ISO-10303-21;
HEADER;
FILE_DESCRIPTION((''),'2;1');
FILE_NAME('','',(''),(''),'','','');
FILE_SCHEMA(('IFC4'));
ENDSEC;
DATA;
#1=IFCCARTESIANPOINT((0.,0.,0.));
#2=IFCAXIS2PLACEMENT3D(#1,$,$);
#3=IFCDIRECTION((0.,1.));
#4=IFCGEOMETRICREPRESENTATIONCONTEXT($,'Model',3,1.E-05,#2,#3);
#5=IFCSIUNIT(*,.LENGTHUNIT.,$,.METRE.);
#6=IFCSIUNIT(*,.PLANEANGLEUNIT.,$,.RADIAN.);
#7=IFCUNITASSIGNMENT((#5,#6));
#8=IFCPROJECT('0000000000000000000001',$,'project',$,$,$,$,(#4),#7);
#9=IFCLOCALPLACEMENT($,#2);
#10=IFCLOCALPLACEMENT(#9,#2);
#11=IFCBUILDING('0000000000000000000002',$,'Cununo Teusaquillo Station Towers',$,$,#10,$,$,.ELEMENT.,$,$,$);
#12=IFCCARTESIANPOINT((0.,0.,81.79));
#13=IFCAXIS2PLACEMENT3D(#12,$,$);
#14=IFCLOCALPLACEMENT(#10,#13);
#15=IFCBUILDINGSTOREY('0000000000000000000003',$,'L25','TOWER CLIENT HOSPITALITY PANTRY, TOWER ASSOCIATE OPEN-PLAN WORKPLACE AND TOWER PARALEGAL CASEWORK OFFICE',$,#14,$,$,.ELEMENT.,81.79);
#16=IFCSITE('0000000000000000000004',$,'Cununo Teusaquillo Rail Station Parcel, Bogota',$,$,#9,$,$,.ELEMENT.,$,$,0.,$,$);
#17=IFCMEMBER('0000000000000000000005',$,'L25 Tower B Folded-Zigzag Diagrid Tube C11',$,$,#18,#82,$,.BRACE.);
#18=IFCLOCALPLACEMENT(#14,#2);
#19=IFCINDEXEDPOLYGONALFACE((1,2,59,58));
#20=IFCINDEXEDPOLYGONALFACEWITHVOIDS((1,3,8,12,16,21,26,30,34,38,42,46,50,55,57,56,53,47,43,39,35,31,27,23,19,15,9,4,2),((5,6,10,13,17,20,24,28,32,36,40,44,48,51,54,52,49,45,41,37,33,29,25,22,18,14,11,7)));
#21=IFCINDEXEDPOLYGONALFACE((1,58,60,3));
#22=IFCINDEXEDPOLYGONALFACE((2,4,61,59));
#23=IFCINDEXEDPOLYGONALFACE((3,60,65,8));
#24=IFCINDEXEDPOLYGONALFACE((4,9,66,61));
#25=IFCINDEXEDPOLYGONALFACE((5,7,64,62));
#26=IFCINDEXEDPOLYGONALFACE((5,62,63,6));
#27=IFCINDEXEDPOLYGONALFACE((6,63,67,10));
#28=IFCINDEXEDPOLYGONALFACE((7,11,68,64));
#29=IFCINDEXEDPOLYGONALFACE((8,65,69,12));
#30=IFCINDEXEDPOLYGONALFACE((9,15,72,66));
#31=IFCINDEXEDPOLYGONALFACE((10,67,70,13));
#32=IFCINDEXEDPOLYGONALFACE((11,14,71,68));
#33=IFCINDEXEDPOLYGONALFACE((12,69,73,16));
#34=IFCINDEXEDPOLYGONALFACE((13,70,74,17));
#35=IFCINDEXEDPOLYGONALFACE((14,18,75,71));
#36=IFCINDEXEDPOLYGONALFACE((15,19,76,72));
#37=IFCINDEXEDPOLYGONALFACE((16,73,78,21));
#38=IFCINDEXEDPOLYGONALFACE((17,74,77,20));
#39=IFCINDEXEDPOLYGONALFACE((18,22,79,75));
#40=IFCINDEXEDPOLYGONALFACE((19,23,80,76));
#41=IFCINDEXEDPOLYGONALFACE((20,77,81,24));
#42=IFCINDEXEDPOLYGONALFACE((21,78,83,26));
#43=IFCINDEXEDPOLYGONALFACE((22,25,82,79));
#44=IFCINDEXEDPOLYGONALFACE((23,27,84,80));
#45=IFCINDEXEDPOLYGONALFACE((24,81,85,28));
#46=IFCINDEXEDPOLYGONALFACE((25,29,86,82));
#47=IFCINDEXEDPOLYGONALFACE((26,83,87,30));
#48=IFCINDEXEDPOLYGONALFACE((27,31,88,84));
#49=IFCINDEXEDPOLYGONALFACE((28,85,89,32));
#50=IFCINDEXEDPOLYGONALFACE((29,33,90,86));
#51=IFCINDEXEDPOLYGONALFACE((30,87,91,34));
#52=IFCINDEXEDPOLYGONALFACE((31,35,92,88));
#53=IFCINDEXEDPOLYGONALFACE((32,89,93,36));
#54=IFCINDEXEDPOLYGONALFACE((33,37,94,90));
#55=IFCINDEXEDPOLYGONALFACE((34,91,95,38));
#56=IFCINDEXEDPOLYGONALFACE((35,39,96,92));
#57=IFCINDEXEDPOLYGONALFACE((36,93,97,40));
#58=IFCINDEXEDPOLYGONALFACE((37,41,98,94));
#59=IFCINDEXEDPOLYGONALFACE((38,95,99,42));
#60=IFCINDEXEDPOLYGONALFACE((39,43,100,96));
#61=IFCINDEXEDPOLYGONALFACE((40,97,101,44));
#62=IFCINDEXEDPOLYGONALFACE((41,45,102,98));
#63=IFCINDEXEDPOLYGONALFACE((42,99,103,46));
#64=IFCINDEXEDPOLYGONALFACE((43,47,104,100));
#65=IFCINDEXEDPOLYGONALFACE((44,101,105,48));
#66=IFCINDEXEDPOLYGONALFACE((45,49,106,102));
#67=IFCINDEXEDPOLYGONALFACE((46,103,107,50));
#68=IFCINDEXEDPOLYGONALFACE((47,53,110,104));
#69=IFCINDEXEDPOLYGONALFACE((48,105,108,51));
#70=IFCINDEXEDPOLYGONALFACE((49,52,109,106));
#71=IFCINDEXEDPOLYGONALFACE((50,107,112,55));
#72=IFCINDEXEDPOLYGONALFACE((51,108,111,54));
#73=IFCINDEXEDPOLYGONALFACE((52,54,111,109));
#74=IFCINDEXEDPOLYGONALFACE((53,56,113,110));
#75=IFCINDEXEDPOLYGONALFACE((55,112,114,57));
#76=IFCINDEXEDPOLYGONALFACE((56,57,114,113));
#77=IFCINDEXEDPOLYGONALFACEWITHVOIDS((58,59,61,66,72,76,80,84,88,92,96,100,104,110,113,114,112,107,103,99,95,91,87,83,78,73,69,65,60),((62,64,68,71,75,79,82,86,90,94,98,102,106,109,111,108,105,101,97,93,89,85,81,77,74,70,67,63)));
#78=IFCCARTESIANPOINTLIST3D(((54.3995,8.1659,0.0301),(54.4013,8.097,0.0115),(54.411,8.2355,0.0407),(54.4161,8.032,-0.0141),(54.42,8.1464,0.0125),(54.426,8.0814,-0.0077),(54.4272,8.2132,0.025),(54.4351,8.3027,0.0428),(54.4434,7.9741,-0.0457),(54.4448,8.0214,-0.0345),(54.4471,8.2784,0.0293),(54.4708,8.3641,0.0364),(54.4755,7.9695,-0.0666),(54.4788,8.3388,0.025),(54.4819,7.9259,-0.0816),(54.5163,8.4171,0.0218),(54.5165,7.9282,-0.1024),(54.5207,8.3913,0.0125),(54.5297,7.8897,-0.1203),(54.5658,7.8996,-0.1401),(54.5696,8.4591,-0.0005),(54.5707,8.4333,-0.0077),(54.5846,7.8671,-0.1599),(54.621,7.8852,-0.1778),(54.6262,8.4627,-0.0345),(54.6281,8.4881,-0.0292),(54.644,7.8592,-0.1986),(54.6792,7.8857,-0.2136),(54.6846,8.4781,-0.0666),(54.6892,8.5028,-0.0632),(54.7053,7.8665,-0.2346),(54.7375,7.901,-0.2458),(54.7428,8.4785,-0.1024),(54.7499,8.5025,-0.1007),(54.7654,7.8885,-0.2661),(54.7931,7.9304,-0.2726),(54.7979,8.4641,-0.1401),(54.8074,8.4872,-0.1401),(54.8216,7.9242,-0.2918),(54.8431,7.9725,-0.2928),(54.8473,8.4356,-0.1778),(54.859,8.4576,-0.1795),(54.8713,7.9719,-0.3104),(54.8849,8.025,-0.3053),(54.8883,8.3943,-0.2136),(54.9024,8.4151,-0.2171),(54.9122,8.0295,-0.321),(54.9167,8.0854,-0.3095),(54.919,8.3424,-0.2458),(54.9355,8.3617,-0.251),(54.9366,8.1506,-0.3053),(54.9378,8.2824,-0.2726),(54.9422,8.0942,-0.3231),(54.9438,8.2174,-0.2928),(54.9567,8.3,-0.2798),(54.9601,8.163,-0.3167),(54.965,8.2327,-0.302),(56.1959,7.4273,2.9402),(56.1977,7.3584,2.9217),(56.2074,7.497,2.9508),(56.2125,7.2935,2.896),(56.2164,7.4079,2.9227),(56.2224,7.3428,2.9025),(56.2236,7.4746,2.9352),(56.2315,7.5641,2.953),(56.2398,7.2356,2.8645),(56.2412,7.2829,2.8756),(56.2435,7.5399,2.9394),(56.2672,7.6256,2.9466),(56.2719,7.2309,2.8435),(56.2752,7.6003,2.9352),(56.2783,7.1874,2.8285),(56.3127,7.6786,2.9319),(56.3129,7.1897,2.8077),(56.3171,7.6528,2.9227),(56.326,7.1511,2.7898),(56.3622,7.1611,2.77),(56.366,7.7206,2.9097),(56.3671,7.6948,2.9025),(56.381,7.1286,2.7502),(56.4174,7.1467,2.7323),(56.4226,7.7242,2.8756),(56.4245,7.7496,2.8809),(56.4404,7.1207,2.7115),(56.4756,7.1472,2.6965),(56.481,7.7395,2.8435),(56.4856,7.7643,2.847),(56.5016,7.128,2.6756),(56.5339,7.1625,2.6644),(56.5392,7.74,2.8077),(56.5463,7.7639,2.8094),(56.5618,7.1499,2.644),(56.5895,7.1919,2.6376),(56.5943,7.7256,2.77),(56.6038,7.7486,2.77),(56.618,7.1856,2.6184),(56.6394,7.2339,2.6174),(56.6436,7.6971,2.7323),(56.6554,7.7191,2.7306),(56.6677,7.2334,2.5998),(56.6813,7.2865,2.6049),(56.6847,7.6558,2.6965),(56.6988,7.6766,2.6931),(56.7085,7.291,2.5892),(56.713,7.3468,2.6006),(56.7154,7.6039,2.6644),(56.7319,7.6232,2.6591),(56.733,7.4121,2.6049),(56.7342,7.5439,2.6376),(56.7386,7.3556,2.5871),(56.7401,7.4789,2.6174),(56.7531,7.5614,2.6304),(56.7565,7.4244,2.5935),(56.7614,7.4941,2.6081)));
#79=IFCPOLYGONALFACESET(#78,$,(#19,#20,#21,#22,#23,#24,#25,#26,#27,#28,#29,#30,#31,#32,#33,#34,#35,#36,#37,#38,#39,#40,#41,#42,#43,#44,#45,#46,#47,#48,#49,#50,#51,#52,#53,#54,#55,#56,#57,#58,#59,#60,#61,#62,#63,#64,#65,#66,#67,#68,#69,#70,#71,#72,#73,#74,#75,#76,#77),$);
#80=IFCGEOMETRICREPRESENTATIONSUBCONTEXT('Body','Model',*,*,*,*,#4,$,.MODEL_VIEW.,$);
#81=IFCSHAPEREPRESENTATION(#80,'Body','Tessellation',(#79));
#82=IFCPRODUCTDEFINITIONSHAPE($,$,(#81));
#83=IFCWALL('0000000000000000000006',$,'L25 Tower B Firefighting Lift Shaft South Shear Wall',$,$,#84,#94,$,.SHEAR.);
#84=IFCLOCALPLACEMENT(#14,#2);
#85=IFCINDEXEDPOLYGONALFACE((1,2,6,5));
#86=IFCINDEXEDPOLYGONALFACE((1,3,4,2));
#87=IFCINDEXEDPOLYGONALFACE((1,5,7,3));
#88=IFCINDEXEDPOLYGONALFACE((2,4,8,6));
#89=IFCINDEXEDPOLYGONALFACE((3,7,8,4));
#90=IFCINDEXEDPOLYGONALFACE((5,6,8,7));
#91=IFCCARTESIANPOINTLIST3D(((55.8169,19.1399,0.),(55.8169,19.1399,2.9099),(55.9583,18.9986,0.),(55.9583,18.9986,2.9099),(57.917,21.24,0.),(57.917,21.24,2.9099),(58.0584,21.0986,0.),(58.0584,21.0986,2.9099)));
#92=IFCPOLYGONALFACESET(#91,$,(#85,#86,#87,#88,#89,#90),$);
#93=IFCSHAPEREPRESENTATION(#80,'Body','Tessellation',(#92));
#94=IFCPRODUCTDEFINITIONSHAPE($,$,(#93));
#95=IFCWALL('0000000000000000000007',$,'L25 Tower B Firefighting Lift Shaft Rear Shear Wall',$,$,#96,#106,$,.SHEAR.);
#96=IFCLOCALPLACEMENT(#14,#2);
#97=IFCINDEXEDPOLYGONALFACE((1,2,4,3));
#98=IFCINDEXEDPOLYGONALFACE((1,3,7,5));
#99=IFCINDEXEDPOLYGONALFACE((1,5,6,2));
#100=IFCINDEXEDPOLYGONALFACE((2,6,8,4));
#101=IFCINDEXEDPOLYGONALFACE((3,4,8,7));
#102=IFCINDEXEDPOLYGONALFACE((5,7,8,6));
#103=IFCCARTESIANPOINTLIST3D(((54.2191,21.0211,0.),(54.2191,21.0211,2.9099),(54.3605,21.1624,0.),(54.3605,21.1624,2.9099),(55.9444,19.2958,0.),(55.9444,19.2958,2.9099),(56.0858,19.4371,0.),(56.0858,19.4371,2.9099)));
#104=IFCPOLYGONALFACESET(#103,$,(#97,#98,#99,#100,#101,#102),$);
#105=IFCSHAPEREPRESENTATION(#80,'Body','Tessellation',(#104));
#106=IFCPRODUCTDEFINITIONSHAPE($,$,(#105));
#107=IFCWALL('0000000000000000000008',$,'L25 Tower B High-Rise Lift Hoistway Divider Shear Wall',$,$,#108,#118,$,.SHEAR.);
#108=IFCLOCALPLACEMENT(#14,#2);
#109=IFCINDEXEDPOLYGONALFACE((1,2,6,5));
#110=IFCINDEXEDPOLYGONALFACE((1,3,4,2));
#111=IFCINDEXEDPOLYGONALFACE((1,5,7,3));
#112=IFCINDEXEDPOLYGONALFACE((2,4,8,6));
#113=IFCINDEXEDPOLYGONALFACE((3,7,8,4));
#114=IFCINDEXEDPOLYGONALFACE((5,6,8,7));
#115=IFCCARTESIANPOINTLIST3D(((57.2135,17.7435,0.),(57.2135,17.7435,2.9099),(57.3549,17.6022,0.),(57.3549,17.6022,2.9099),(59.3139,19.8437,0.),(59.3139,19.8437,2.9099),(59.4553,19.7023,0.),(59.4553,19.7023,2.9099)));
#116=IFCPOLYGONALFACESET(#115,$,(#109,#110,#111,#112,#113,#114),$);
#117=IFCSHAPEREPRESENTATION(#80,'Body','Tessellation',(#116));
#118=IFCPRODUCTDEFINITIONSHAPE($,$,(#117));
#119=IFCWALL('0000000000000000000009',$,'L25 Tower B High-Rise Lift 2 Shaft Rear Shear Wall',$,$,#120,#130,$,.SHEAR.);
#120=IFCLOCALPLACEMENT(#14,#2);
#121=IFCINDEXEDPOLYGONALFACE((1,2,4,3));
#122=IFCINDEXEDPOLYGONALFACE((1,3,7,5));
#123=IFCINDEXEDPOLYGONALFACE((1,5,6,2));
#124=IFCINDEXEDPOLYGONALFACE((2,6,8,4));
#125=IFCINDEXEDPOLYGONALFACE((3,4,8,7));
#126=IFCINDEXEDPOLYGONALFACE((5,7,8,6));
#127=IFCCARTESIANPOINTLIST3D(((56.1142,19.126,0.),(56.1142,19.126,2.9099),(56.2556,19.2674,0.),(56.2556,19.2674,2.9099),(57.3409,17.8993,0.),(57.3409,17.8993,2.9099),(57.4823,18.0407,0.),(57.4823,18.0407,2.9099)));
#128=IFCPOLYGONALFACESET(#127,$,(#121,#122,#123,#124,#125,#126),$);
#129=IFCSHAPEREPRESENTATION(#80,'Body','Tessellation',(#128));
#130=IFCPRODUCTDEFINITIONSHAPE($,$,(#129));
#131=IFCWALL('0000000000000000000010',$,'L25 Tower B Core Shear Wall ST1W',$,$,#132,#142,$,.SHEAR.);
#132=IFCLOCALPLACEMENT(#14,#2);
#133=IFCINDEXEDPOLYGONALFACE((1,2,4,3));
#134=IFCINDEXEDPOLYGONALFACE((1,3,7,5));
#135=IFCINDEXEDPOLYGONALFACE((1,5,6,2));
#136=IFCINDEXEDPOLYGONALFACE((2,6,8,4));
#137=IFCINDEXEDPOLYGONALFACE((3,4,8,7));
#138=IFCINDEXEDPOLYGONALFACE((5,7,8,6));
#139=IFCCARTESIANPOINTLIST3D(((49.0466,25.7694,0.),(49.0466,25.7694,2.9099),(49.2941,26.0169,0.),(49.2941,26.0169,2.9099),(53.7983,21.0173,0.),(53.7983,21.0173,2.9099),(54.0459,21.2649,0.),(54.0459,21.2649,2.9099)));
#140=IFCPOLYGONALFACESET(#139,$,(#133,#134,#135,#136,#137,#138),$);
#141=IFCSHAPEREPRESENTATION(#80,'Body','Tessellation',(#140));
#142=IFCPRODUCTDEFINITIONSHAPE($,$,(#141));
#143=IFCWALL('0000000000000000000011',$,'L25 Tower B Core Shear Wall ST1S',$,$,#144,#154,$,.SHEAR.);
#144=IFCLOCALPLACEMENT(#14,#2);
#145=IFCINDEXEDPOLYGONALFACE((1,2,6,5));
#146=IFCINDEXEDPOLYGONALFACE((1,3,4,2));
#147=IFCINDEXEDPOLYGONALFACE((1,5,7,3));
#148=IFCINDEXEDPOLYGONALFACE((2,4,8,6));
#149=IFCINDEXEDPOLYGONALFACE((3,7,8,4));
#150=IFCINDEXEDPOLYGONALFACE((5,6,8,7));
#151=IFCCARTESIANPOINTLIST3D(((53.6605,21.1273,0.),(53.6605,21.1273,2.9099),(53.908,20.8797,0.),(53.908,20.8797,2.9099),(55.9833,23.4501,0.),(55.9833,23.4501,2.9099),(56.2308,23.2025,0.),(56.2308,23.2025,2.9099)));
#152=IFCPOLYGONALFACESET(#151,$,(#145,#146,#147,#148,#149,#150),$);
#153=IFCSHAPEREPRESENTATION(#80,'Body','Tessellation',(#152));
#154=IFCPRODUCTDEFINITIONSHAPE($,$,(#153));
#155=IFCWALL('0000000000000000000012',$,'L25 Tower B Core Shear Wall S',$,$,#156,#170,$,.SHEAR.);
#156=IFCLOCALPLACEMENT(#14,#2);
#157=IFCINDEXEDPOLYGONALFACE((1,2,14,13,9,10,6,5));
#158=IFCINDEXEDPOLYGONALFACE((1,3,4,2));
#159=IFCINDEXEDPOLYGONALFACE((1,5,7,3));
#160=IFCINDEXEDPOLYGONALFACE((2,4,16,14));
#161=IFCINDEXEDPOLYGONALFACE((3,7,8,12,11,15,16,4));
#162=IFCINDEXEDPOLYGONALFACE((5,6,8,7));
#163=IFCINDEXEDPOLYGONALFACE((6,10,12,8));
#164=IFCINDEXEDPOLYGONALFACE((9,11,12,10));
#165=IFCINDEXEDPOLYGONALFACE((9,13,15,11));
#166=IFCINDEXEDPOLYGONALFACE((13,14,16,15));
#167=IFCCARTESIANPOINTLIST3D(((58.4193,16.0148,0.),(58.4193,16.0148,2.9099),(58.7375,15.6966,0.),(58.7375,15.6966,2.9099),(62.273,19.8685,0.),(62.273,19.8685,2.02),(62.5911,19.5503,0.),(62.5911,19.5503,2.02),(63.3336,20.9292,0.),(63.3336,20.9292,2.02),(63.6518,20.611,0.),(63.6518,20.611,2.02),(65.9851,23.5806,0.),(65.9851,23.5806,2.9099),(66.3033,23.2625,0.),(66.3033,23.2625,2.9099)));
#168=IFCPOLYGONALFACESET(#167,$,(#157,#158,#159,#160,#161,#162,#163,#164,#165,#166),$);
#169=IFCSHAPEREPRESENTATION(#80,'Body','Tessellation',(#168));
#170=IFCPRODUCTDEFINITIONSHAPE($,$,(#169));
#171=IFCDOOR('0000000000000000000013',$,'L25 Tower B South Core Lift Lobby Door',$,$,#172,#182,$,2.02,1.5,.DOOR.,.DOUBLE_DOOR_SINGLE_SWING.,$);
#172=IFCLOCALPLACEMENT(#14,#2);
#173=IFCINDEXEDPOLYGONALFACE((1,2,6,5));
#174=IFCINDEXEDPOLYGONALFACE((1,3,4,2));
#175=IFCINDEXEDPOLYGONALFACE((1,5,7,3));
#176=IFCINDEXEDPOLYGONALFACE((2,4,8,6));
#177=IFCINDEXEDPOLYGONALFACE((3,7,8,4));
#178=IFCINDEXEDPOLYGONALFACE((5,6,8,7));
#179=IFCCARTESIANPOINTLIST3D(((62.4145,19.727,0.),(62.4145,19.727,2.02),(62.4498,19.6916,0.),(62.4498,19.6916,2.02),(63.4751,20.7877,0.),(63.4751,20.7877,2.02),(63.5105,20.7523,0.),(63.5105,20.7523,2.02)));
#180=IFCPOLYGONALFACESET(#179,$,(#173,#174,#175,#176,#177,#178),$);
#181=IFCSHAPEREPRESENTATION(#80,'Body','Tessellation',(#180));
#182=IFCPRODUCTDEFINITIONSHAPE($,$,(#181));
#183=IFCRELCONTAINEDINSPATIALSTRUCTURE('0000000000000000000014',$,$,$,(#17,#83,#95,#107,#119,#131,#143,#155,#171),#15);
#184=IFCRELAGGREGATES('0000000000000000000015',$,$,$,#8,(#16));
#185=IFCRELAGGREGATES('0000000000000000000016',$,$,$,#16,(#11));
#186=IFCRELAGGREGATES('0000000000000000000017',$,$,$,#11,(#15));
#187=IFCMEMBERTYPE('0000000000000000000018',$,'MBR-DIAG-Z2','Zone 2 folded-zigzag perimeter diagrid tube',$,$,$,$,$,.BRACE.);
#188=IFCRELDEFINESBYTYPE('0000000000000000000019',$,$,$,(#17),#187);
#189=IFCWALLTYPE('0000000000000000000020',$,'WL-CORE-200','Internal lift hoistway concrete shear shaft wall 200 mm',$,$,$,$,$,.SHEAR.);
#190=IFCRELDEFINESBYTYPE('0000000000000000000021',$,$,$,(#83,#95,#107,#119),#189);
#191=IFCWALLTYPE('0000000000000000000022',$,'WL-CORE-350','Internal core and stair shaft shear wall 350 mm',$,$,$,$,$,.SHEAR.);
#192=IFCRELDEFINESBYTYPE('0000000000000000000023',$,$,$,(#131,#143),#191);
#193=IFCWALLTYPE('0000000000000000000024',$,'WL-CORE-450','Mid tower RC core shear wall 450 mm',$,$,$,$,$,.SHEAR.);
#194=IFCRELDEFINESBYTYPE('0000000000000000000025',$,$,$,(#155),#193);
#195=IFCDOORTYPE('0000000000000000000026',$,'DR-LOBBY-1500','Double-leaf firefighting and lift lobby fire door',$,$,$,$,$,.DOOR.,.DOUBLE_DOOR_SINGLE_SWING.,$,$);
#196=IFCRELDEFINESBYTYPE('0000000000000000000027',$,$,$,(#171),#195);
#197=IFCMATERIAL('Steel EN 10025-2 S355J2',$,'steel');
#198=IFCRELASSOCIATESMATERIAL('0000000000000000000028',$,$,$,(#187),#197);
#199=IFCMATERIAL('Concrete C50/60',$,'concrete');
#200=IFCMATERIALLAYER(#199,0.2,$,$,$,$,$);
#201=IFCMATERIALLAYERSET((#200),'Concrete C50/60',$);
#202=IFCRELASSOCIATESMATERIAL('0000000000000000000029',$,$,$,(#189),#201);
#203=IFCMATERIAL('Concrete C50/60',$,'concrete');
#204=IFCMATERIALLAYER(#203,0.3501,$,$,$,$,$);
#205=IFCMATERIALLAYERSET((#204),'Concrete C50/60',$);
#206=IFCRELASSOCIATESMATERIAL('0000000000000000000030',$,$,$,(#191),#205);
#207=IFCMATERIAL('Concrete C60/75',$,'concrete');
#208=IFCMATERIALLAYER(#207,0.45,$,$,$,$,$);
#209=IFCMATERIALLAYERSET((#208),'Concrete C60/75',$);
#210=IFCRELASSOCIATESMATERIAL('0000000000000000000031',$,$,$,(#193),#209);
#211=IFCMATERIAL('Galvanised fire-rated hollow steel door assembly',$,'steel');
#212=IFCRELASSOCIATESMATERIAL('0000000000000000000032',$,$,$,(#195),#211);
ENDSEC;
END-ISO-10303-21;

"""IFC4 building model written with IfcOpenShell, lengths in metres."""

from ifc_helpers import new_model, si_unit, direction, frame, frame_2d, origin, origin_2d, place, context, subcontext, project, spatial, rectangle, hollow_circle, extrude, source, transform, mapped, material, layer, layer_set, material_profile, profile_set, type_object, element, fill, save


model = new_model("IFC4")

# Units and contexts
model_context = context("Model", 3, precision=1e-05, world=origin(), true_north=direction((0.0, 1.0)))
body_context = subcontext(model_context, "Body", "Model", "MODEL_VIEW")
ifc_project = project(units=[si_unit("LENGTHUNIT", "METRE"), si_unit("PLANEANGLEUNIT", "RADIAN")], contexts=[model_context])

# Site, building, storey
site_placement = place(None, origin())
site = spatial("IfcSite", under=ifc_project, at=site_placement, Name="Cununo Teusaquillo Rail Station Parcel, Bogota", CompositionType="ELEMENT", RefElevation=0.0)
building_placement = place(site_placement, origin())
building = spatial("IfcBuilding", under=site, at=building_placement, Name="Cununo Teusaquillo Station Towers", CompositionType="ELEMENT")
storey_placement = place(building_placement, frame((0.0, 0.0, 81.79)))
storey = spatial("IfcBuildingStorey", under=building, at=storey_placement, Name="L25", Description="TOWER CLIENT HOSPITALITY PANTRY, TOWER ASSOCIATE OPEN-PLAN WORKPLACE AND TOWER PARALEGAL CASEWORK OFFICE", CompositionType="ELEMENT", Elevation=81.79)

# Member
ifc_material_1 = material(Name="Steel EN 10025-2 S355J2", Category="steel")
ifc_material_profile_1 = material_profile(ifc_material_1, hollow_circle(Radius=0.3301, WallThickness=0.0249, at=origin_2d()), Name="CHS 660x25")
ifc_profile_set_1 = profile_set([ifc_material_profile_1], Name="Steel EN 10025-2 S355J2")
member_type = type_object("IfcMemberType", Name="MBR-DIAG-Z2", Description="Zone 2 folded-zigzag perimeter diagrid tube", PredefinedType="BRACE", material=ifc_profile_set_1)
member_placement = place(storey_placement, frame((54.6819, 8.1819, -0.1401), z_axis=(0.513433, -0.211081, 0.831764), x_axis=(0.380238, 0.924889, 0.0)))
element("IfcMember", 1, at=member_placement, inside=storey, type_object=member_type, Name="L25 Tower B Folded-Zigzag Diagrid Tube C11", PredefinedType="BRACE", context=body_context, shape_type="SweptSolid", body=[
    extrude(hollow_circle(Radius=0.3301, WallThickness=0.0249, at=origin_2d()), origin(), (0.0, 0.0, 1.0), 3.4988),
])

# Walls
ifc_material_2 = material(Name="Concrete C50/60", Category="concrete")
ifc_layer_1 = layer(ifc_material_2, 0.2)
ifc_layer_set_1 = layer_set([ifc_layer_1], Name="Concrete C50/60")
wall_type_1 = type_object("IfcWallType", Name="WL-CORE-200", Description="Internal lift hoistway concrete shear shaft wall 200 mm", PredefinedType="SHEAR", material=ifc_layer_set_1)
wall_1_placement = place(storey_placement, frame((55.8877, 19.0693, 0.0), z_axis=(0.0, 0.0, 1.0), x_axis=(0.707107, 0.707107, 0.0)))
element("IfcWall", 2, at=wall_1_placement, inside=storey, type_object=wall_type_1, Name="L25 Tower B Firefighting Lift Shaft South Shear Wall", PredefinedType="SHEAR", context=body_context, shape_type="SweptSolid", body=[
    extrude(rectangle(XDim=2.97, YDim=0.2, at=frame_2d((1.4849, 0.0))), origin(), (0.0, 0.0, 1.0), 2.9099),
])
wall_2_placement = place(storey_placement, frame((56.0151, 19.3665, 0.0), z_axis=(0.0, 0.0, 1.0), x_axis=(-0.707107, 0.707107, 0.0)))
element("IfcWall", 3, at=wall_2_placement, inside=storey, type_object=wall_type_1, Name="L25 Tower B Firefighting Lift Shaft Rear Shear Wall", PredefinedType="SHEAR", context=body_context, shape_type="SweptSolid", body=[
    extrude(rectangle(XDim=2.4399, YDim=0.2, at=frame_2d((1.22, 0.0))), origin(), (0.0, 0.0, 1.0), 2.9099),
])
wall_3_placement = place(storey_placement, frame((57.2842, 17.6729, 0.0), z_axis=(0.0, 0.0, 1.0), x_axis=(0.707148, 0.707066, 0.0)))
element("IfcWall", 4, at=wall_3_placement, inside=storey, type_object=wall_type_1, Name="L25 Tower B High-Rise Lift Hoistway Divider Shear Wall", PredefinedType="SHEAR", context=body_context, shape_type="SweptSolid", body=[
    extrude(rectangle(XDim=2.9702, YDim=0.2, at=frame_2d((1.4851, 0.0))), origin(), (0.0, 0.0, 1.0), 2.9099),
])
wall_4_placement = place(storey_placement, frame((57.4116, 17.97, 0.0), z_axis=(0.0, 0.0, 1.0), x_axis=(-0.707107, 0.707107, 0.0)))
element("IfcWall", 5, at=wall_4_placement, inside=storey, type_object=wall_type_1, Name="L25 Tower B High-Rise Lift 2 Shaft Rear Shear Wall", PredefinedType="SHEAR", context=body_context, shape_type="SweptSolid", body=[
    extrude(rectangle(XDim=1.7349, YDim=0.2, at=frame_2d((0.8674, 0.0))), origin(), (0.0, 0.0, 1.0), 2.9099),
])
ifc_material_3 = material(Name="Concrete C50/60", Category="concrete")
ifc_layer_2 = layer(ifc_material_3, 0.3501)
ifc_layer_set_2 = layer_set([ifc_layer_2], Name="Concrete C50/60")
wall_type_2 = type_object("IfcWallType", Name="WL-CORE-350", Description="Internal core and stair shaft shear wall 350 mm", PredefinedType="SHEAR", material=ifc_layer_set_2)
wall_5_placement = place(storey_placement, frame((53.9221, 21.1411, 0.0), z_axis=(0.0, 0.0, 1.0), x_axis=(-0.707089, 0.707125, 0.0)))
element("IfcWall", 6, at=wall_5_placement, inside=storey, type_object=wall_type_2, Name="L25 Tower B Core Shear Wall ST1W", PredefinedType="SHEAR", context=body_context, shape_type="SweptSolid", body=[
    extrude(rectangle(XDim=6.7202, YDim=0.3501, at=frame_2d((3.3601, 0.0))), origin(), (0.0, 0.0, 1.0), 2.9099),
])
wall_6_placement = place(storey_placement, frame((53.7842, 21.0034, 0.0), z_axis=(0.0, 0.0, 1.0), x_axis=(0.707107, 0.707107, 0.0)))
element("IfcWall", 7, at=wall_6_placement, inside=storey, type_object=wall_type_2, Name="L25 Tower B Core Shear Wall ST1S", PredefinedType="SHEAR", context=body_context, shape_type="SweptSolid", body=[
    extrude(rectangle(XDim=3.2849, YDim=0.3501, at=frame_2d((1.6426, 0.0))), origin(), (0.0, 0.0, 1.0), 2.9099),
])

# Wall, opening, door
ifc_material_4 = material(Name="Concrete C60/75", Category="concrete")
ifc_layer_3 = layer(ifc_material_4, 0.45)
ifc_layer_set_3 = layer_set([ifc_layer_3], Name="Concrete C60/75")
wall_type_3 = type_object("IfcWallType", Name="WL-CORE-450", Description="Mid tower RC core shear wall 450 mm", PredefinedType="SHEAR", material=ifc_layer_set_3)
wall_7_placement = place(storey_placement, frame((58.5784, 15.8557, 0.0), z_axis=(0.0, 0.0, 1.0), x_axis=(0.707107, 0.707107, 0.0)))
wall_7 = element("IfcWall", 8, at=wall_7_placement, inside=storey, type_object=wall_type_3, Name="L25 Tower B Core Shear Wall S", PredefinedType="SHEAR", context=body_context, shape_type="SweptSolid", body=[
    extrude(rectangle(XDim=10.6997, YDim=0.45, at=frame_2d((5.3499, 0.0))), origin(), (0.0, 0.0, 1.0), 2.9099),
])
shared_shape_1 = source(origin(), body_context, "Body", "SweptSolid", [
    extrude(rectangle(XDim=1.5, YDim=2.02, at=frame_2d((0.75, 1.01))), frame((0.0, 0.2349, 0.0), z_axis=(0.0, -1.0, 0.0), x_axis=(1.0, 0.0, 0.0)), (0.0, 0.0, 1.0), 0.47),
])
opening_1_placement = place(wall_7_placement, frame((5.45, 0.0, 0.0)))
opening_1 = element("IfcOpeningElement", 9, at=opening_1_placement, cuts=wall_7, PredefinedType="OPENING", context=body_context, shape_type="MappedRepresentation", body=[
    mapped(shared_shape_1, transform((0.0, 0.0, 0.0), x_axis=(1.0, 0.0, 0.0), y_axis=(0.0, 1.0, 0.0), z_axis=(0.0, 0.0, 1.0), scale=1.0)),
])
ifc_material_5 = material(Name="Galvanised fire-rated hollow steel door assembly", Category="steel")
door_type_1 = type_object("IfcDoorType", Name="DR-LOBBY-1500", Description="Double-leaf firefighting and lift lobby fire door", OperationType="DOUBLE_DOOR_SINGLE_SWING", PredefinedType="DOOR", material=ifc_material_5)
shared_shape_2 = source(origin(), body_context, "Body", "SweptSolid", [
    extrude(rectangle(XDim=1.5, YDim=2.02, at=frame_2d((0.75, 1.01))), frame((0.0, 0.0249, 0.0), z_axis=(0.0, -1.0, 0.0), x_axis=(1.0, 0.0, 0.0)), (0.0, 0.0, 1.0), 0.05),
])
door_1_placement = place(opening_1_placement, origin())
door_1 = element("IfcDoor", 10, at=door_1_placement, inside=storey, type_object=door_type_1, Name="L25 Tower B South Core Lift Lobby Door", OperationType="DOUBLE_DOOR_SINGLE_SWING", OverallHeight=2.02, OverallWidth=1.5, PredefinedType="DOOR", context=body_context, shape_type="MappedRepresentation", body=[
    mapped(shared_shape_2, transform((0.0, 0.0, 0.0), x_axis=(1.0, 0.0, 0.0), y_axis=(0.0, 1.0, 0.0), z_axis=(0.0, 0.0, 1.0), scale=1.0)),
])
fill(opening_1, door_1)

save(model, "model.ifc")
